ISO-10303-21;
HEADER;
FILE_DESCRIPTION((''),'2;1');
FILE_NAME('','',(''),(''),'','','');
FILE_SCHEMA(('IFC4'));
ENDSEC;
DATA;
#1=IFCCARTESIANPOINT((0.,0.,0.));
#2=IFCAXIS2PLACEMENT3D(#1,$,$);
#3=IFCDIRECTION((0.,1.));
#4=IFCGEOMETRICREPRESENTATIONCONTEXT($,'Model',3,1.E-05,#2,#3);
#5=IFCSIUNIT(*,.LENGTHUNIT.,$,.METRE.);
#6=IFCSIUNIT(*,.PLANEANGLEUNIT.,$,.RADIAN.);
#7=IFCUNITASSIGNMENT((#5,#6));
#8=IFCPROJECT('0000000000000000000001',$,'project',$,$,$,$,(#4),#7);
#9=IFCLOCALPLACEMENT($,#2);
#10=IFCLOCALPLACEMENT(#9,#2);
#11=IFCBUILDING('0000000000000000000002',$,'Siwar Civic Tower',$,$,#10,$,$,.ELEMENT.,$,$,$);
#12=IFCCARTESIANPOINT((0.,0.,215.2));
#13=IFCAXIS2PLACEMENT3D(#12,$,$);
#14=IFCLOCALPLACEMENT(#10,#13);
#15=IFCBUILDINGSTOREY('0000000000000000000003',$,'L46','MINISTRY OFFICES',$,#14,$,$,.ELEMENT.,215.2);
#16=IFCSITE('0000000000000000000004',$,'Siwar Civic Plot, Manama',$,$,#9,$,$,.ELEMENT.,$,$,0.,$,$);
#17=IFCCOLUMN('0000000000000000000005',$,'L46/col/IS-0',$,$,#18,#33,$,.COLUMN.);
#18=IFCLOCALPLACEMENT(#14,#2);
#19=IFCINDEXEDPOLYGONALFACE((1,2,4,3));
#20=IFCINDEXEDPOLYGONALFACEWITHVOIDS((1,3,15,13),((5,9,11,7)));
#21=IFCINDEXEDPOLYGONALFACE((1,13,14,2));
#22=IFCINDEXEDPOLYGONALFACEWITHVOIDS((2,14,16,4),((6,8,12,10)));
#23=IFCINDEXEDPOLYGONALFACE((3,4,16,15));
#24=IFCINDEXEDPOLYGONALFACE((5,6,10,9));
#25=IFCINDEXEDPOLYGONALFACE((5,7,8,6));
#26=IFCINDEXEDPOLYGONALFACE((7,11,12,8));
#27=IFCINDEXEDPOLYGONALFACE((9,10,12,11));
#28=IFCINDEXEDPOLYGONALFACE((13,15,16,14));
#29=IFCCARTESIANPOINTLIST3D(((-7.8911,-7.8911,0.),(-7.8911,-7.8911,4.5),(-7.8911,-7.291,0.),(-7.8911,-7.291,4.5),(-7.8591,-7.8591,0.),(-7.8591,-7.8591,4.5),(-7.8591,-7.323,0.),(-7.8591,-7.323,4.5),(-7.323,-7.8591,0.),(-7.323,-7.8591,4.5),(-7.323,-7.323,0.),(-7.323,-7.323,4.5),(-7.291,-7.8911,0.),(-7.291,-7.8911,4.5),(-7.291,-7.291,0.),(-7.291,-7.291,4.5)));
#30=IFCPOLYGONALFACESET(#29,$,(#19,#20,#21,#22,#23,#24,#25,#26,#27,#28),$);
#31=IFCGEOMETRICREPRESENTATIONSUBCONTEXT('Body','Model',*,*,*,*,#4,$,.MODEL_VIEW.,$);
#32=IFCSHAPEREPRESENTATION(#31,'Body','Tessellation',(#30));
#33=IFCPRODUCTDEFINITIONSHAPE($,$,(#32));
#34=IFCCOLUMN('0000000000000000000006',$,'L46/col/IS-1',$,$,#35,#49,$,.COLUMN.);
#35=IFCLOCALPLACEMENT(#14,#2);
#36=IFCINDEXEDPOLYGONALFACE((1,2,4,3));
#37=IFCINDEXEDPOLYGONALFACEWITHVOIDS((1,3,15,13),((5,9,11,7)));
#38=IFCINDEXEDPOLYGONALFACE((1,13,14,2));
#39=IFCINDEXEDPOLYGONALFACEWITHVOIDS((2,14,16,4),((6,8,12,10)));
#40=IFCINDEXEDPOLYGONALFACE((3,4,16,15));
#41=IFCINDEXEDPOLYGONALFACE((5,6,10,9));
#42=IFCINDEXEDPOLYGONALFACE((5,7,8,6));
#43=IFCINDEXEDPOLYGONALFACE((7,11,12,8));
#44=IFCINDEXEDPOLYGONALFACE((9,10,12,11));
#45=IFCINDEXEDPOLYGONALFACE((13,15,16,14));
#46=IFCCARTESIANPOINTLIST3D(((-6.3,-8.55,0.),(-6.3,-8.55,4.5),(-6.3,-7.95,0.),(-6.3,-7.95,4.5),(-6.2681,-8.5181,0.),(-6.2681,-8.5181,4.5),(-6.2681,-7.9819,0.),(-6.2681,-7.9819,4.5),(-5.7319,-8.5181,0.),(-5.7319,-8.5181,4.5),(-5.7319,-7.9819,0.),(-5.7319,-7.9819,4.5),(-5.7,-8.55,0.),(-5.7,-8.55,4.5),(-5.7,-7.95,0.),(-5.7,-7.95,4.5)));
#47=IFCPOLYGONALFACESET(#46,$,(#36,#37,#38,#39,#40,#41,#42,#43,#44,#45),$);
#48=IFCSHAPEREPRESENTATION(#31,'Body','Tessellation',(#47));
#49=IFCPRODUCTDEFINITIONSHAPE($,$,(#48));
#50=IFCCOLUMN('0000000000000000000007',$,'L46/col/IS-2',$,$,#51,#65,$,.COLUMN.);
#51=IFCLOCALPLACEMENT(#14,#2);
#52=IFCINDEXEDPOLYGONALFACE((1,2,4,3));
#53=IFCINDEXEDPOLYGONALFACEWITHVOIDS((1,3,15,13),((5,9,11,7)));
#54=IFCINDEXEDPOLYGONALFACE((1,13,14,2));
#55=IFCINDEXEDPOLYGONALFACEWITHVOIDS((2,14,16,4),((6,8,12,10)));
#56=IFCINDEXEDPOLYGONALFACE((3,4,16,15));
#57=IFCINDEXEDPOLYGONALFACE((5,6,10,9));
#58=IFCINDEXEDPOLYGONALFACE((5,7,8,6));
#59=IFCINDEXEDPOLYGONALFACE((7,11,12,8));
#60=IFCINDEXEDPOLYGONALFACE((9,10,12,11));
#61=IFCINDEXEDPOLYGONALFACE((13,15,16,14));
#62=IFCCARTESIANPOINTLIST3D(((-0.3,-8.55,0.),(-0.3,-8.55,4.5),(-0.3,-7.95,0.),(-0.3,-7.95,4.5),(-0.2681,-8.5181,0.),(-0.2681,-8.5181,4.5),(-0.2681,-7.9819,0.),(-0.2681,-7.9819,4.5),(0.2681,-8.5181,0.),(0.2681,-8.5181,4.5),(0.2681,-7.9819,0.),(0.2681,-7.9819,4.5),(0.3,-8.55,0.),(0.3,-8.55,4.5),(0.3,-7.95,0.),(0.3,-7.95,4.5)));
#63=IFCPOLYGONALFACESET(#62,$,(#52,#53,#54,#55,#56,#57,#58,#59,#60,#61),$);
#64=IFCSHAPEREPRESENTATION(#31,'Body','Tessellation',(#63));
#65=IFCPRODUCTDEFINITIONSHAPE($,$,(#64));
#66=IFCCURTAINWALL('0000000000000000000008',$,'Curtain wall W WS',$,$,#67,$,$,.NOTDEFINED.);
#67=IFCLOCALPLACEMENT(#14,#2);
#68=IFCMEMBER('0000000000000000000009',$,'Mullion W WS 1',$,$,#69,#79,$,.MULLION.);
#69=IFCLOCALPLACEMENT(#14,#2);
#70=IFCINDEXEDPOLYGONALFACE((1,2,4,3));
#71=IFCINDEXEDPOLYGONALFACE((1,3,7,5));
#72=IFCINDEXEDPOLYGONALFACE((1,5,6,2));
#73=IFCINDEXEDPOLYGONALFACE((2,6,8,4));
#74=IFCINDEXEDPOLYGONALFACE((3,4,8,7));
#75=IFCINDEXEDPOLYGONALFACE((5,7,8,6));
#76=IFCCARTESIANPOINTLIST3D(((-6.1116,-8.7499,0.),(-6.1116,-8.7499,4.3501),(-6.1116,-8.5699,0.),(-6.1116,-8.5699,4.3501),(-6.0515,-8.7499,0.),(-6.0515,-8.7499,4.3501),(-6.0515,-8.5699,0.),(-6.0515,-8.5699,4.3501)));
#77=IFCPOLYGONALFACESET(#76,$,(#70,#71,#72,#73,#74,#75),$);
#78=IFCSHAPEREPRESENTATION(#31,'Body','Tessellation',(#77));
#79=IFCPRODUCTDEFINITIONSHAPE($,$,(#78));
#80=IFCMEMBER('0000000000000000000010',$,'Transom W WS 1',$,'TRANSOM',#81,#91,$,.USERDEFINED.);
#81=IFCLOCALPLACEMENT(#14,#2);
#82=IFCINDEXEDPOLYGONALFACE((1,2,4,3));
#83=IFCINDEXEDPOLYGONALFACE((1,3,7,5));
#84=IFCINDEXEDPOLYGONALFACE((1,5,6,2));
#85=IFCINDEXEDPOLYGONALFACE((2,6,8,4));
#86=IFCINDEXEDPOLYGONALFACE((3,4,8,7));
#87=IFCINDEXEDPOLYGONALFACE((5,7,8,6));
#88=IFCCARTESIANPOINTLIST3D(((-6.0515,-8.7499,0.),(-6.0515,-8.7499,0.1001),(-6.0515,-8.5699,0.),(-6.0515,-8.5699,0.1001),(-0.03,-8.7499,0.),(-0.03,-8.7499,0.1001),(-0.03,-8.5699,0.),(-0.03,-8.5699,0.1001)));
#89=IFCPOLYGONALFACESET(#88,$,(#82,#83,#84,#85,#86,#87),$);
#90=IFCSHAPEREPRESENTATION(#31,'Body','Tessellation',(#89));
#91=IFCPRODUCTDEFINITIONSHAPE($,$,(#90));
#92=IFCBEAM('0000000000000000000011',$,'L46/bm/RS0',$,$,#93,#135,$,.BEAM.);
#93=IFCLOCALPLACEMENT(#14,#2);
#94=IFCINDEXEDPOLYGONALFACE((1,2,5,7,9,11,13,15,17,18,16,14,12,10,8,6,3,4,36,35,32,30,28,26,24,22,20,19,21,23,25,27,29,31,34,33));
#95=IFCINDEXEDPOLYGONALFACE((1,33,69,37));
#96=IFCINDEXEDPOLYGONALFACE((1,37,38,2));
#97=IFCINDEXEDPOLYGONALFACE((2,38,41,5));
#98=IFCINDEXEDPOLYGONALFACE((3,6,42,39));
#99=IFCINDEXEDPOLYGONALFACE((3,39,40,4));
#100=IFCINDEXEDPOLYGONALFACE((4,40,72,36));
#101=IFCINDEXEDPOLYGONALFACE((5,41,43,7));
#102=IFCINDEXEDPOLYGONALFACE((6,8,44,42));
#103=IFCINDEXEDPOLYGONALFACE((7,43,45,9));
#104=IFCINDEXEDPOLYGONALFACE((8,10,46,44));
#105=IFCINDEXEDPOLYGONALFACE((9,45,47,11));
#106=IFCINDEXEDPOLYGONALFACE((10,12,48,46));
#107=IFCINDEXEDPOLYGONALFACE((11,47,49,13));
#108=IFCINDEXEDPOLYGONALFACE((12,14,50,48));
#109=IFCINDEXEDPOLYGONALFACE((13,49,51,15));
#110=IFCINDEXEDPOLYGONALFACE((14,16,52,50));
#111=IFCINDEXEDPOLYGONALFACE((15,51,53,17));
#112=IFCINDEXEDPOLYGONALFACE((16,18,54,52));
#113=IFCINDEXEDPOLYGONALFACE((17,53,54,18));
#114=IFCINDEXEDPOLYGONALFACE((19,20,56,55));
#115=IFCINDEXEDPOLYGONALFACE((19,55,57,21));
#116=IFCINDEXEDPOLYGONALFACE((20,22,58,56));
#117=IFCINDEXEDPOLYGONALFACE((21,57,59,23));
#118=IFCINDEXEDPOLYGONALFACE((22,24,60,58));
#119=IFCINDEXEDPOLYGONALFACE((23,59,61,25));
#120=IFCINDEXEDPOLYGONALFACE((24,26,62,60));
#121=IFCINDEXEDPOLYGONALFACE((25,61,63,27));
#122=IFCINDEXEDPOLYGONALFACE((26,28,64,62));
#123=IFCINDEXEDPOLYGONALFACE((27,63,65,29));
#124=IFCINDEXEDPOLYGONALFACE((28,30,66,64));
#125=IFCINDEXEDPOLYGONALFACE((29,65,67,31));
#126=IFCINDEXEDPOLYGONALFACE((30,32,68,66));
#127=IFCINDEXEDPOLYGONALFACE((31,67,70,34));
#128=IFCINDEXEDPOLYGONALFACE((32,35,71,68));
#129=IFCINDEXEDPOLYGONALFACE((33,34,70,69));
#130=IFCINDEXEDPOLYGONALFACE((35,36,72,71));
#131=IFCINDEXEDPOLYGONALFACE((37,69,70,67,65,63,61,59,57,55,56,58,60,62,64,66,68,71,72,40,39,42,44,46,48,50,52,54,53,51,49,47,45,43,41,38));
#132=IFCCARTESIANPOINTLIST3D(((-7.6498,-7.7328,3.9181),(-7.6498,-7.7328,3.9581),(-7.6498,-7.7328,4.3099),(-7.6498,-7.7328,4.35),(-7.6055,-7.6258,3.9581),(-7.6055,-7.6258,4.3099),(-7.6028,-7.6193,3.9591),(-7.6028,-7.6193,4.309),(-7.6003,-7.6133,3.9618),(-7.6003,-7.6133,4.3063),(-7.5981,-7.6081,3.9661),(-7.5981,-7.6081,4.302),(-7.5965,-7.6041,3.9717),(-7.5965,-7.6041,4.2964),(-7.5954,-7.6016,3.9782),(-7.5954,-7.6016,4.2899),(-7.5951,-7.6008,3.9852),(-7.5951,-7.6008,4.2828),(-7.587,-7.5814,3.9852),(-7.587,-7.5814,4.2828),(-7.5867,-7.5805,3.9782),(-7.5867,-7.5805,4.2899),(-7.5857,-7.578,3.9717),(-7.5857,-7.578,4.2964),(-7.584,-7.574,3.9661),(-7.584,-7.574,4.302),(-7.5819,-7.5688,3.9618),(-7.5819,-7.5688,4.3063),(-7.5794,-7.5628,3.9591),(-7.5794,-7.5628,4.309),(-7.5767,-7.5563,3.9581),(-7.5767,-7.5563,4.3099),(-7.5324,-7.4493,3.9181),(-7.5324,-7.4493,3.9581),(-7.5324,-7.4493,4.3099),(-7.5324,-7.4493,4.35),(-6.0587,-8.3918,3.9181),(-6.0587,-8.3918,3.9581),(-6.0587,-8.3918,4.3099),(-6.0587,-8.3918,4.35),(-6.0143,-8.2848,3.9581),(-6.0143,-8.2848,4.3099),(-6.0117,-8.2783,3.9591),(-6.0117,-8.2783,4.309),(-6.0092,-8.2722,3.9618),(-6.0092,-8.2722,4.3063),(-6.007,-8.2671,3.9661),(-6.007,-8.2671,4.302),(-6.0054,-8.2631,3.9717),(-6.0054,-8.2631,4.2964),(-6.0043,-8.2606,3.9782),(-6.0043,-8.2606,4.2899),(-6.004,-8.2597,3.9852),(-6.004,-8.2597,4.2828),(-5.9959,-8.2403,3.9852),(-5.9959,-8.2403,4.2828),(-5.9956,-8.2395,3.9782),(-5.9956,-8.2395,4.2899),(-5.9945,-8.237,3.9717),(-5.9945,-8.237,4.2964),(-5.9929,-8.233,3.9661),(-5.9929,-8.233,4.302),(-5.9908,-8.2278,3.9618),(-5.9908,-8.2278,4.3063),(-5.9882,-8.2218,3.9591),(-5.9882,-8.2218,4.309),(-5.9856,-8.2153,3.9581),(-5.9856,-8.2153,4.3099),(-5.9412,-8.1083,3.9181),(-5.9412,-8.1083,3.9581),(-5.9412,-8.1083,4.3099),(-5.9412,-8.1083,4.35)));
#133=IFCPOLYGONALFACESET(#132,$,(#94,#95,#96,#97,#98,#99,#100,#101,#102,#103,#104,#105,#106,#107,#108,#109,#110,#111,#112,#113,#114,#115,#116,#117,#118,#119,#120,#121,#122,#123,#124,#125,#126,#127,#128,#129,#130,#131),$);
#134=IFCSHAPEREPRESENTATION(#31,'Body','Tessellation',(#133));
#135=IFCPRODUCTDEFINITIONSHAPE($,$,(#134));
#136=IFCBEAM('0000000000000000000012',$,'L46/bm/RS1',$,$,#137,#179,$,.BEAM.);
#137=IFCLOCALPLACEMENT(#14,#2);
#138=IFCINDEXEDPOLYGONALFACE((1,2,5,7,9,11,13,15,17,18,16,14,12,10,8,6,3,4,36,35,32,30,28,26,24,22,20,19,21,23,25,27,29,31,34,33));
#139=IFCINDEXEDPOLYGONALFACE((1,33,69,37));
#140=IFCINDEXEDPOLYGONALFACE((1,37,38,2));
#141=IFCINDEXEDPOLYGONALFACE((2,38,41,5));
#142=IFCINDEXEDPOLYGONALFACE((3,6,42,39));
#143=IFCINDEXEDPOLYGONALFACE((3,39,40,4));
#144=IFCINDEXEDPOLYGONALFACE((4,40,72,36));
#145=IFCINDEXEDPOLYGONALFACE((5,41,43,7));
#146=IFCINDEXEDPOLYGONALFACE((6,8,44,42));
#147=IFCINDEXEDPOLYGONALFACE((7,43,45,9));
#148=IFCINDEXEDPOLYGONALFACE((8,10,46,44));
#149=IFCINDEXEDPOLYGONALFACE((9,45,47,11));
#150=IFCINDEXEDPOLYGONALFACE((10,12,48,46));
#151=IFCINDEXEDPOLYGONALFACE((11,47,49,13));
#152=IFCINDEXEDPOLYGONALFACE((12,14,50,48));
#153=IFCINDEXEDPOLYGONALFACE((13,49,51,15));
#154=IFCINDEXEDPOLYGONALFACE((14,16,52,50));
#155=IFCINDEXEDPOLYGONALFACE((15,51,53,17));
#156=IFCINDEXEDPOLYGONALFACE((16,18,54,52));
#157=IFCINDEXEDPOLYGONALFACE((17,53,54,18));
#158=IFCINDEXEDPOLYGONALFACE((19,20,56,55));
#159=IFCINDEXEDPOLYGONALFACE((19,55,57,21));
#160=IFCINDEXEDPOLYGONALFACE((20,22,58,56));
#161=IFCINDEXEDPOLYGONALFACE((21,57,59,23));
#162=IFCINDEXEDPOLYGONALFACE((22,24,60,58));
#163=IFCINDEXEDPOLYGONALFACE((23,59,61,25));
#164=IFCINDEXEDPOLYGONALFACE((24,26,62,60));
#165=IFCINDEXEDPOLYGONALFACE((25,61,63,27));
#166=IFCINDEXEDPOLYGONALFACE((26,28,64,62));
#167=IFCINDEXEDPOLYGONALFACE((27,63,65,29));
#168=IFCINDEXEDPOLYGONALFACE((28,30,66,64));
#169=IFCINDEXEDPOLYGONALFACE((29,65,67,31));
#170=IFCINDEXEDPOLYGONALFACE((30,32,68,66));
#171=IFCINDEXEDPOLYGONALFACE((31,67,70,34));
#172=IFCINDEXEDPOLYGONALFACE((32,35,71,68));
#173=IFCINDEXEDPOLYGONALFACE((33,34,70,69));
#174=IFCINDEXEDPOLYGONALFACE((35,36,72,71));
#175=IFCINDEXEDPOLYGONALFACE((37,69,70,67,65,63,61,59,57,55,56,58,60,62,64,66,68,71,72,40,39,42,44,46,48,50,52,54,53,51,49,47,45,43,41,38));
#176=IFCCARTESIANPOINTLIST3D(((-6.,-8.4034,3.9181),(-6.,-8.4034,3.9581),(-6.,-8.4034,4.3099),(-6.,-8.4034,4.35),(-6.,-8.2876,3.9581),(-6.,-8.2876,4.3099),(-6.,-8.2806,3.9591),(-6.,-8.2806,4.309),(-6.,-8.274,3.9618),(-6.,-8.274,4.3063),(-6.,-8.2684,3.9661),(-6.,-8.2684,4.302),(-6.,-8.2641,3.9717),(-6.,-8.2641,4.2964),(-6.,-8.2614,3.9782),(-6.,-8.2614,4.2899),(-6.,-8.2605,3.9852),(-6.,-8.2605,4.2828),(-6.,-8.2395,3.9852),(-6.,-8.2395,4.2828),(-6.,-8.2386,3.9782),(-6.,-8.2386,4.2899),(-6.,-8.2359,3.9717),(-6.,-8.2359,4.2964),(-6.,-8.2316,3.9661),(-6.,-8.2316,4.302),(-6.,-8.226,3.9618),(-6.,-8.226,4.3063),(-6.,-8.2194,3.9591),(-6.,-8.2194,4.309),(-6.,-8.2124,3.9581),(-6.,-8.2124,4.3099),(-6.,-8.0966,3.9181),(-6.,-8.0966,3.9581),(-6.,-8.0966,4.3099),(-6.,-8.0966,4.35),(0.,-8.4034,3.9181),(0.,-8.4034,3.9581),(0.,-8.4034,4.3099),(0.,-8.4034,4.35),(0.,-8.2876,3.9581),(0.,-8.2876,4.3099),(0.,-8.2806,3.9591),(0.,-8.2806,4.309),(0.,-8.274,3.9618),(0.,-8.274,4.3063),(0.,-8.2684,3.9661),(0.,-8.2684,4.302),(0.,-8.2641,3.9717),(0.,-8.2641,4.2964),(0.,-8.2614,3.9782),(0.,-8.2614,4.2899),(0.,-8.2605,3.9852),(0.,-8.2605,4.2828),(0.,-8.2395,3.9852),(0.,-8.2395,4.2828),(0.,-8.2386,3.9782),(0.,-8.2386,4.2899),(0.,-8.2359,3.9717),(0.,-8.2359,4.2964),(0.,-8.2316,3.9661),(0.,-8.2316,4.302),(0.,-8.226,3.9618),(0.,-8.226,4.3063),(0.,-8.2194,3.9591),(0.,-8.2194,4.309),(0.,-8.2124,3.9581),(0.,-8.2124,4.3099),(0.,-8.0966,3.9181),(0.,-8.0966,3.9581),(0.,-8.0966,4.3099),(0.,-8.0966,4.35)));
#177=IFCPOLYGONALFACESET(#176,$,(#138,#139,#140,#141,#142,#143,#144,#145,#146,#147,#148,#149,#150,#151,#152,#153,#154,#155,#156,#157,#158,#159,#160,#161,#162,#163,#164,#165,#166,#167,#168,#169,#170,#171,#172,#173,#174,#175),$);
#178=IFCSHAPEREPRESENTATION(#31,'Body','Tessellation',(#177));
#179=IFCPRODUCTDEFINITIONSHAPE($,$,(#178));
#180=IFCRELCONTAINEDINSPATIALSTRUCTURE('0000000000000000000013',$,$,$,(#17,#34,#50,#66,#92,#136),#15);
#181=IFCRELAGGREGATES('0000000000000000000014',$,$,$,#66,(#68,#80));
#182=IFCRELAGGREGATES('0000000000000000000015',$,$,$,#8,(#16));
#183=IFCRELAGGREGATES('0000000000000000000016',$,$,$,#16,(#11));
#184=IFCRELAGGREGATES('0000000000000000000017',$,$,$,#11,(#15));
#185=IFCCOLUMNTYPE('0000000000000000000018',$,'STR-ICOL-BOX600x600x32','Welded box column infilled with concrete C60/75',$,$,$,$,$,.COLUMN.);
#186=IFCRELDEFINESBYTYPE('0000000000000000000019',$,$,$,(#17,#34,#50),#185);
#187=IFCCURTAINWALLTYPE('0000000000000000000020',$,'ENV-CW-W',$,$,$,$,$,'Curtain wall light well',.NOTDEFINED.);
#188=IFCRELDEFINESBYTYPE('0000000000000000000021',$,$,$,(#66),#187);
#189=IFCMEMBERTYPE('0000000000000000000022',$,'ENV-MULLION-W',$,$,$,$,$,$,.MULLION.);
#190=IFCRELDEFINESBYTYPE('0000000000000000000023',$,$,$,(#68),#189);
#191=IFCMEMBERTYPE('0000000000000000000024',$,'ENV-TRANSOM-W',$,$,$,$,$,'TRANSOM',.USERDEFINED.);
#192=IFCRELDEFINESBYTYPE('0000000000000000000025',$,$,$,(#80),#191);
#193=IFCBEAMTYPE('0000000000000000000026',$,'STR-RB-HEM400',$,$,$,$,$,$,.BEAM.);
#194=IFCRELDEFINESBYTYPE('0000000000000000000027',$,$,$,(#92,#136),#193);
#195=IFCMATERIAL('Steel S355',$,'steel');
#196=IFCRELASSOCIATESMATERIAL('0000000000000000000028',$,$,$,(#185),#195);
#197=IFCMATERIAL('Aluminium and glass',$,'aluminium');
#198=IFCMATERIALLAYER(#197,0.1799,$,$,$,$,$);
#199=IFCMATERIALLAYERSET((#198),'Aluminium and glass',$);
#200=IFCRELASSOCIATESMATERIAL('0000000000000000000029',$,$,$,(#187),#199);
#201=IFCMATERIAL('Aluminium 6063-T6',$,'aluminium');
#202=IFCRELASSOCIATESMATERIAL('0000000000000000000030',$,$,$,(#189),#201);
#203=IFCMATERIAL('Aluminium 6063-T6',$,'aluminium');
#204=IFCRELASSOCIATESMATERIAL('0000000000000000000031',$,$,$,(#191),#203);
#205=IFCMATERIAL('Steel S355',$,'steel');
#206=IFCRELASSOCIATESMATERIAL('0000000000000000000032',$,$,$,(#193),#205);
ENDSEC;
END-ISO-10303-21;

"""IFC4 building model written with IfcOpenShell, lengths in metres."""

from ifc_helpers import new_model, si_unit, direction, frame, origin, origin_2d, place, context, subcontext, project, spatial, rectangle, hollow_rectangle, i_section, extrude, material, layer, layer_set, material_profile, profile_set, type_object, element, aggregate, save


model = new_model("IFC4")

# Units and contexts
model_context = context("Model", 3, precision=1e-05, world=origin(), true_north=direction((0.0, 1.0)))
body_context = subcontext(model_context, "Body", "Model", "MODEL_VIEW")
ifc_project = project(units=[si_unit("LENGTHUNIT", "METRE"), si_unit("PLANEANGLEUNIT", "RADIAN")], contexts=[model_context])

# Site, building, storey
site_placement = place(None, origin())
site = spatial("IfcSite", under=ifc_project, at=site_placement, Name="Siwar Civic Plot, Manama", CompositionType="ELEMENT", RefElevation=0.0)
building_placement = place(site_placement, origin())
building = spatial("IfcBuilding", under=site, at=building_placement, Name="Siwar Civic Tower", CompositionType="ELEMENT")
storey_placement = place(building_placement, frame((0.0, 0.0, 215.2)))
storey = spatial("IfcBuildingStorey", under=building, at=storey_placement, Name="L46", Description="MINISTRY OFFICES", CompositionType="ELEMENT", Elevation=215.2)

# Columns
ifc_material_1 = material(Name="Steel S355", Category="steel")
ifc_material_profile_1 = material_profile(ifc_material_1, hollow_rectangle(XDim=0.6001, YDim=0.6001, WallThickness=0.032, at=origin_2d()), Name="BOX600x600x32")
ifc_profile_set_1 = profile_set([ifc_material_profile_1], Name="Steel S355")
column_type = type_object("IfcColumnType", Name="STR-ICOL-BOX600x600x32", Description="Welded box column infilled with concrete C60/75", PredefinedType="COLUMN", material=ifc_profile_set_1)
for number, where, z_axis, x_axis, name in (
    (1, (-7.5911, -7.5911, 0.0), (0.0, 0.0, 1.0), (1.0, 0.0, 0.0), "L46/col/IS-0"),
    (2, (-6.0, -8.25, 0.0), (0.0, 0.0, 1.0), (1.0, 0.0, 0.0), "L46/col/IS-1"),
    (3, (0.0, -8.25, 0.0), (0.0, 0.0, 1.0), (1.0, 0.0, 0.0), "L46/col/IS-2"),
):
    element("IfcColumn", number, at=place(storey_placement, frame(where, z_axis=z_axis, x_axis=x_axis)), inside=storey, type_object=column_type, Name=name, PredefinedType="COLUMN", context=body_context, shape_type="SweptSolid", body=[
        extrude(hollow_rectangle(XDim=0.6001, YDim=0.6001, WallThickness=0.032, at=origin_2d()), origin(), (0.0, 0.0, 1.0), 4.5),
    ])

# Curtain wall, members
ifc_material_2 = material(Name="Aluminium and glass", Category="aluminium")
ifc_layer_1 = layer(ifc_material_2, 0.1799)
ifc_layer_set_1 = layer_set([ifc_layer_1], Name="Aluminium and glass")
curtain_wall_type = type_object("IfcCurtainWallType", Name="ENV-CW-W", ElementType="Curtain wall light well", PredefinedType="NOTDEFINED", material=ifc_layer_set_1)
curtain_wall_placement = place(storey_placement, origin())
curtain_wall = element("IfcCurtainWall", 4, at=curtain_wall_placement, inside=storey, type_object=curtain_wall_type, Name="Curtain wall W WS", PredefinedType="NOTDEFINED")
ifc_material_3 = material(Name="Aluminium 6063-T6", Category="aluminium")
ifc_material_profile_2 = material_profile(ifc_material_3, rectangle(XDim=0.1799, YDim=0.0601, at=origin_2d()), Name="AL 180x60")
ifc_profile_set_2 = profile_set([ifc_material_profile_2], Name="Aluminium 6063-T6")
member_type_1 = type_object("IfcMemberType", Name="ENV-MULLION-W", PredefinedType="MULLION", material=ifc_profile_set_2)
member_1_placement = place(storey_placement, frame((-6.0815, -8.6599, 0.0), z_axis=(0.0, 0.0, 1.0), x_axis=(0.0, 1.0, 0.0)))
member_1 = element("IfcMember", 5, at=member_1_placement, type_object=member_type_1, Name="Mullion W WS 1", PredefinedType="MULLION", context=body_context, shape_type="SweptSolid", body=[
    extrude(rectangle(XDim=0.1799, YDim=0.0601, at=origin_2d()), origin(), (0.0, 0.0, 1.0), 4.3501),
])
ifc_material_4 = material(Name="Aluminium 6063-T6", Category="aluminium")
ifc_material_profile_3 = material_profile(ifc_material_4, rectangle(XDim=0.1799, YDim=0.1001, at=origin_2d()), Name="AL 180x100")
ifc_profile_set_3 = profile_set([ifc_material_profile_3], Name="Aluminium 6063-T6")
member_type_2 = type_object("IfcMemberType", Name="ENV-TRANSOM-W", ElementType="TRANSOM", PredefinedType="USERDEFINED", material=ifc_profile_set_3)
member_2_placement = place(storey_placement, frame((-6.0515, -8.6599, 0.05), z_axis=(1.0, 0.0, 0.0), x_axis=(0.0, 1.0, 0.0)))
member_2 = element("IfcMember", 6, at=member_2_placement, type_object=member_type_2, Name="Transom W WS 1", ObjectType="TRANSOM", PredefinedType="USERDEFINED", context=body_context, shape_type="SweptSolid", body=[
    extrude(rectangle(XDim=0.1799, YDim=0.1001, at=origin_2d()), origin(), (0.0, 0.0, 1.0), 6.0215),
])

# Beams
ifc_material_5 = material(Name="Steel S355", Category="steel")
ifc_material_profile_4 = material_profile(ifc_material_5, i_section(OverallWidth=0.3069, OverallDepth=0.4319, WebThickness=0.021, FlangeThickness=0.04, FilletRadius=0.0271, at=origin_2d()), Name="HEM400")
ifc_profile_set_4 = profile_set([ifc_material_profile_4], Name="Steel S355")
beam_type = type_object("IfcBeamType", Name="STR-RB-HEM400", PredefinedType="BEAM", material=ifc_profile_set_4)
beam_1_placement = place(storey_placement, frame((-7.5911, -7.5911, 4.134), z_axis=(0.923901, -0.382631, 0.0), x_axis=(0.382631, 0.923901, 0.0)))
element("IfcBeam", 7, at=beam_1_placement, inside=storey, type_object=beam_type, Name="L46/bm/RS0", PredefinedType="BEAM", context=body_context, shape_type="SweptSolid", body=[
    extrude(i_section(OverallWidth=0.3069, OverallDepth=0.4319, WebThickness=0.021, FlangeThickness=0.04, FilletRadius=0.0271, at=origin_2d()), origin(), (0.0, 0.0, 1.0), 1.7222),
])
beam_2_placement = place(storey_placement, frame((-6.0, -8.25, 4.134), z_axis=(1.0, 0.0, 0.0), x_axis=(0.0, 1.0, 0.0)))
element("IfcBeam", 8, at=beam_2_placement, inside=storey, type_object=beam_type, Name="L46/bm/RS1", PredefinedType="BEAM", context=body_context, shape_type="SweptSolid", body=[
    extrude(i_section(OverallWidth=0.3069, OverallDepth=0.4319, WebThickness=0.021, FlangeThickness=0.04, FilletRadius=0.0271, at=origin_2d()), origin(), (0.0, 0.0, 1.0), 6.0),
])

aggregate(curtain_wall, [member_1, member_2])

save(model, "model.ifc")
